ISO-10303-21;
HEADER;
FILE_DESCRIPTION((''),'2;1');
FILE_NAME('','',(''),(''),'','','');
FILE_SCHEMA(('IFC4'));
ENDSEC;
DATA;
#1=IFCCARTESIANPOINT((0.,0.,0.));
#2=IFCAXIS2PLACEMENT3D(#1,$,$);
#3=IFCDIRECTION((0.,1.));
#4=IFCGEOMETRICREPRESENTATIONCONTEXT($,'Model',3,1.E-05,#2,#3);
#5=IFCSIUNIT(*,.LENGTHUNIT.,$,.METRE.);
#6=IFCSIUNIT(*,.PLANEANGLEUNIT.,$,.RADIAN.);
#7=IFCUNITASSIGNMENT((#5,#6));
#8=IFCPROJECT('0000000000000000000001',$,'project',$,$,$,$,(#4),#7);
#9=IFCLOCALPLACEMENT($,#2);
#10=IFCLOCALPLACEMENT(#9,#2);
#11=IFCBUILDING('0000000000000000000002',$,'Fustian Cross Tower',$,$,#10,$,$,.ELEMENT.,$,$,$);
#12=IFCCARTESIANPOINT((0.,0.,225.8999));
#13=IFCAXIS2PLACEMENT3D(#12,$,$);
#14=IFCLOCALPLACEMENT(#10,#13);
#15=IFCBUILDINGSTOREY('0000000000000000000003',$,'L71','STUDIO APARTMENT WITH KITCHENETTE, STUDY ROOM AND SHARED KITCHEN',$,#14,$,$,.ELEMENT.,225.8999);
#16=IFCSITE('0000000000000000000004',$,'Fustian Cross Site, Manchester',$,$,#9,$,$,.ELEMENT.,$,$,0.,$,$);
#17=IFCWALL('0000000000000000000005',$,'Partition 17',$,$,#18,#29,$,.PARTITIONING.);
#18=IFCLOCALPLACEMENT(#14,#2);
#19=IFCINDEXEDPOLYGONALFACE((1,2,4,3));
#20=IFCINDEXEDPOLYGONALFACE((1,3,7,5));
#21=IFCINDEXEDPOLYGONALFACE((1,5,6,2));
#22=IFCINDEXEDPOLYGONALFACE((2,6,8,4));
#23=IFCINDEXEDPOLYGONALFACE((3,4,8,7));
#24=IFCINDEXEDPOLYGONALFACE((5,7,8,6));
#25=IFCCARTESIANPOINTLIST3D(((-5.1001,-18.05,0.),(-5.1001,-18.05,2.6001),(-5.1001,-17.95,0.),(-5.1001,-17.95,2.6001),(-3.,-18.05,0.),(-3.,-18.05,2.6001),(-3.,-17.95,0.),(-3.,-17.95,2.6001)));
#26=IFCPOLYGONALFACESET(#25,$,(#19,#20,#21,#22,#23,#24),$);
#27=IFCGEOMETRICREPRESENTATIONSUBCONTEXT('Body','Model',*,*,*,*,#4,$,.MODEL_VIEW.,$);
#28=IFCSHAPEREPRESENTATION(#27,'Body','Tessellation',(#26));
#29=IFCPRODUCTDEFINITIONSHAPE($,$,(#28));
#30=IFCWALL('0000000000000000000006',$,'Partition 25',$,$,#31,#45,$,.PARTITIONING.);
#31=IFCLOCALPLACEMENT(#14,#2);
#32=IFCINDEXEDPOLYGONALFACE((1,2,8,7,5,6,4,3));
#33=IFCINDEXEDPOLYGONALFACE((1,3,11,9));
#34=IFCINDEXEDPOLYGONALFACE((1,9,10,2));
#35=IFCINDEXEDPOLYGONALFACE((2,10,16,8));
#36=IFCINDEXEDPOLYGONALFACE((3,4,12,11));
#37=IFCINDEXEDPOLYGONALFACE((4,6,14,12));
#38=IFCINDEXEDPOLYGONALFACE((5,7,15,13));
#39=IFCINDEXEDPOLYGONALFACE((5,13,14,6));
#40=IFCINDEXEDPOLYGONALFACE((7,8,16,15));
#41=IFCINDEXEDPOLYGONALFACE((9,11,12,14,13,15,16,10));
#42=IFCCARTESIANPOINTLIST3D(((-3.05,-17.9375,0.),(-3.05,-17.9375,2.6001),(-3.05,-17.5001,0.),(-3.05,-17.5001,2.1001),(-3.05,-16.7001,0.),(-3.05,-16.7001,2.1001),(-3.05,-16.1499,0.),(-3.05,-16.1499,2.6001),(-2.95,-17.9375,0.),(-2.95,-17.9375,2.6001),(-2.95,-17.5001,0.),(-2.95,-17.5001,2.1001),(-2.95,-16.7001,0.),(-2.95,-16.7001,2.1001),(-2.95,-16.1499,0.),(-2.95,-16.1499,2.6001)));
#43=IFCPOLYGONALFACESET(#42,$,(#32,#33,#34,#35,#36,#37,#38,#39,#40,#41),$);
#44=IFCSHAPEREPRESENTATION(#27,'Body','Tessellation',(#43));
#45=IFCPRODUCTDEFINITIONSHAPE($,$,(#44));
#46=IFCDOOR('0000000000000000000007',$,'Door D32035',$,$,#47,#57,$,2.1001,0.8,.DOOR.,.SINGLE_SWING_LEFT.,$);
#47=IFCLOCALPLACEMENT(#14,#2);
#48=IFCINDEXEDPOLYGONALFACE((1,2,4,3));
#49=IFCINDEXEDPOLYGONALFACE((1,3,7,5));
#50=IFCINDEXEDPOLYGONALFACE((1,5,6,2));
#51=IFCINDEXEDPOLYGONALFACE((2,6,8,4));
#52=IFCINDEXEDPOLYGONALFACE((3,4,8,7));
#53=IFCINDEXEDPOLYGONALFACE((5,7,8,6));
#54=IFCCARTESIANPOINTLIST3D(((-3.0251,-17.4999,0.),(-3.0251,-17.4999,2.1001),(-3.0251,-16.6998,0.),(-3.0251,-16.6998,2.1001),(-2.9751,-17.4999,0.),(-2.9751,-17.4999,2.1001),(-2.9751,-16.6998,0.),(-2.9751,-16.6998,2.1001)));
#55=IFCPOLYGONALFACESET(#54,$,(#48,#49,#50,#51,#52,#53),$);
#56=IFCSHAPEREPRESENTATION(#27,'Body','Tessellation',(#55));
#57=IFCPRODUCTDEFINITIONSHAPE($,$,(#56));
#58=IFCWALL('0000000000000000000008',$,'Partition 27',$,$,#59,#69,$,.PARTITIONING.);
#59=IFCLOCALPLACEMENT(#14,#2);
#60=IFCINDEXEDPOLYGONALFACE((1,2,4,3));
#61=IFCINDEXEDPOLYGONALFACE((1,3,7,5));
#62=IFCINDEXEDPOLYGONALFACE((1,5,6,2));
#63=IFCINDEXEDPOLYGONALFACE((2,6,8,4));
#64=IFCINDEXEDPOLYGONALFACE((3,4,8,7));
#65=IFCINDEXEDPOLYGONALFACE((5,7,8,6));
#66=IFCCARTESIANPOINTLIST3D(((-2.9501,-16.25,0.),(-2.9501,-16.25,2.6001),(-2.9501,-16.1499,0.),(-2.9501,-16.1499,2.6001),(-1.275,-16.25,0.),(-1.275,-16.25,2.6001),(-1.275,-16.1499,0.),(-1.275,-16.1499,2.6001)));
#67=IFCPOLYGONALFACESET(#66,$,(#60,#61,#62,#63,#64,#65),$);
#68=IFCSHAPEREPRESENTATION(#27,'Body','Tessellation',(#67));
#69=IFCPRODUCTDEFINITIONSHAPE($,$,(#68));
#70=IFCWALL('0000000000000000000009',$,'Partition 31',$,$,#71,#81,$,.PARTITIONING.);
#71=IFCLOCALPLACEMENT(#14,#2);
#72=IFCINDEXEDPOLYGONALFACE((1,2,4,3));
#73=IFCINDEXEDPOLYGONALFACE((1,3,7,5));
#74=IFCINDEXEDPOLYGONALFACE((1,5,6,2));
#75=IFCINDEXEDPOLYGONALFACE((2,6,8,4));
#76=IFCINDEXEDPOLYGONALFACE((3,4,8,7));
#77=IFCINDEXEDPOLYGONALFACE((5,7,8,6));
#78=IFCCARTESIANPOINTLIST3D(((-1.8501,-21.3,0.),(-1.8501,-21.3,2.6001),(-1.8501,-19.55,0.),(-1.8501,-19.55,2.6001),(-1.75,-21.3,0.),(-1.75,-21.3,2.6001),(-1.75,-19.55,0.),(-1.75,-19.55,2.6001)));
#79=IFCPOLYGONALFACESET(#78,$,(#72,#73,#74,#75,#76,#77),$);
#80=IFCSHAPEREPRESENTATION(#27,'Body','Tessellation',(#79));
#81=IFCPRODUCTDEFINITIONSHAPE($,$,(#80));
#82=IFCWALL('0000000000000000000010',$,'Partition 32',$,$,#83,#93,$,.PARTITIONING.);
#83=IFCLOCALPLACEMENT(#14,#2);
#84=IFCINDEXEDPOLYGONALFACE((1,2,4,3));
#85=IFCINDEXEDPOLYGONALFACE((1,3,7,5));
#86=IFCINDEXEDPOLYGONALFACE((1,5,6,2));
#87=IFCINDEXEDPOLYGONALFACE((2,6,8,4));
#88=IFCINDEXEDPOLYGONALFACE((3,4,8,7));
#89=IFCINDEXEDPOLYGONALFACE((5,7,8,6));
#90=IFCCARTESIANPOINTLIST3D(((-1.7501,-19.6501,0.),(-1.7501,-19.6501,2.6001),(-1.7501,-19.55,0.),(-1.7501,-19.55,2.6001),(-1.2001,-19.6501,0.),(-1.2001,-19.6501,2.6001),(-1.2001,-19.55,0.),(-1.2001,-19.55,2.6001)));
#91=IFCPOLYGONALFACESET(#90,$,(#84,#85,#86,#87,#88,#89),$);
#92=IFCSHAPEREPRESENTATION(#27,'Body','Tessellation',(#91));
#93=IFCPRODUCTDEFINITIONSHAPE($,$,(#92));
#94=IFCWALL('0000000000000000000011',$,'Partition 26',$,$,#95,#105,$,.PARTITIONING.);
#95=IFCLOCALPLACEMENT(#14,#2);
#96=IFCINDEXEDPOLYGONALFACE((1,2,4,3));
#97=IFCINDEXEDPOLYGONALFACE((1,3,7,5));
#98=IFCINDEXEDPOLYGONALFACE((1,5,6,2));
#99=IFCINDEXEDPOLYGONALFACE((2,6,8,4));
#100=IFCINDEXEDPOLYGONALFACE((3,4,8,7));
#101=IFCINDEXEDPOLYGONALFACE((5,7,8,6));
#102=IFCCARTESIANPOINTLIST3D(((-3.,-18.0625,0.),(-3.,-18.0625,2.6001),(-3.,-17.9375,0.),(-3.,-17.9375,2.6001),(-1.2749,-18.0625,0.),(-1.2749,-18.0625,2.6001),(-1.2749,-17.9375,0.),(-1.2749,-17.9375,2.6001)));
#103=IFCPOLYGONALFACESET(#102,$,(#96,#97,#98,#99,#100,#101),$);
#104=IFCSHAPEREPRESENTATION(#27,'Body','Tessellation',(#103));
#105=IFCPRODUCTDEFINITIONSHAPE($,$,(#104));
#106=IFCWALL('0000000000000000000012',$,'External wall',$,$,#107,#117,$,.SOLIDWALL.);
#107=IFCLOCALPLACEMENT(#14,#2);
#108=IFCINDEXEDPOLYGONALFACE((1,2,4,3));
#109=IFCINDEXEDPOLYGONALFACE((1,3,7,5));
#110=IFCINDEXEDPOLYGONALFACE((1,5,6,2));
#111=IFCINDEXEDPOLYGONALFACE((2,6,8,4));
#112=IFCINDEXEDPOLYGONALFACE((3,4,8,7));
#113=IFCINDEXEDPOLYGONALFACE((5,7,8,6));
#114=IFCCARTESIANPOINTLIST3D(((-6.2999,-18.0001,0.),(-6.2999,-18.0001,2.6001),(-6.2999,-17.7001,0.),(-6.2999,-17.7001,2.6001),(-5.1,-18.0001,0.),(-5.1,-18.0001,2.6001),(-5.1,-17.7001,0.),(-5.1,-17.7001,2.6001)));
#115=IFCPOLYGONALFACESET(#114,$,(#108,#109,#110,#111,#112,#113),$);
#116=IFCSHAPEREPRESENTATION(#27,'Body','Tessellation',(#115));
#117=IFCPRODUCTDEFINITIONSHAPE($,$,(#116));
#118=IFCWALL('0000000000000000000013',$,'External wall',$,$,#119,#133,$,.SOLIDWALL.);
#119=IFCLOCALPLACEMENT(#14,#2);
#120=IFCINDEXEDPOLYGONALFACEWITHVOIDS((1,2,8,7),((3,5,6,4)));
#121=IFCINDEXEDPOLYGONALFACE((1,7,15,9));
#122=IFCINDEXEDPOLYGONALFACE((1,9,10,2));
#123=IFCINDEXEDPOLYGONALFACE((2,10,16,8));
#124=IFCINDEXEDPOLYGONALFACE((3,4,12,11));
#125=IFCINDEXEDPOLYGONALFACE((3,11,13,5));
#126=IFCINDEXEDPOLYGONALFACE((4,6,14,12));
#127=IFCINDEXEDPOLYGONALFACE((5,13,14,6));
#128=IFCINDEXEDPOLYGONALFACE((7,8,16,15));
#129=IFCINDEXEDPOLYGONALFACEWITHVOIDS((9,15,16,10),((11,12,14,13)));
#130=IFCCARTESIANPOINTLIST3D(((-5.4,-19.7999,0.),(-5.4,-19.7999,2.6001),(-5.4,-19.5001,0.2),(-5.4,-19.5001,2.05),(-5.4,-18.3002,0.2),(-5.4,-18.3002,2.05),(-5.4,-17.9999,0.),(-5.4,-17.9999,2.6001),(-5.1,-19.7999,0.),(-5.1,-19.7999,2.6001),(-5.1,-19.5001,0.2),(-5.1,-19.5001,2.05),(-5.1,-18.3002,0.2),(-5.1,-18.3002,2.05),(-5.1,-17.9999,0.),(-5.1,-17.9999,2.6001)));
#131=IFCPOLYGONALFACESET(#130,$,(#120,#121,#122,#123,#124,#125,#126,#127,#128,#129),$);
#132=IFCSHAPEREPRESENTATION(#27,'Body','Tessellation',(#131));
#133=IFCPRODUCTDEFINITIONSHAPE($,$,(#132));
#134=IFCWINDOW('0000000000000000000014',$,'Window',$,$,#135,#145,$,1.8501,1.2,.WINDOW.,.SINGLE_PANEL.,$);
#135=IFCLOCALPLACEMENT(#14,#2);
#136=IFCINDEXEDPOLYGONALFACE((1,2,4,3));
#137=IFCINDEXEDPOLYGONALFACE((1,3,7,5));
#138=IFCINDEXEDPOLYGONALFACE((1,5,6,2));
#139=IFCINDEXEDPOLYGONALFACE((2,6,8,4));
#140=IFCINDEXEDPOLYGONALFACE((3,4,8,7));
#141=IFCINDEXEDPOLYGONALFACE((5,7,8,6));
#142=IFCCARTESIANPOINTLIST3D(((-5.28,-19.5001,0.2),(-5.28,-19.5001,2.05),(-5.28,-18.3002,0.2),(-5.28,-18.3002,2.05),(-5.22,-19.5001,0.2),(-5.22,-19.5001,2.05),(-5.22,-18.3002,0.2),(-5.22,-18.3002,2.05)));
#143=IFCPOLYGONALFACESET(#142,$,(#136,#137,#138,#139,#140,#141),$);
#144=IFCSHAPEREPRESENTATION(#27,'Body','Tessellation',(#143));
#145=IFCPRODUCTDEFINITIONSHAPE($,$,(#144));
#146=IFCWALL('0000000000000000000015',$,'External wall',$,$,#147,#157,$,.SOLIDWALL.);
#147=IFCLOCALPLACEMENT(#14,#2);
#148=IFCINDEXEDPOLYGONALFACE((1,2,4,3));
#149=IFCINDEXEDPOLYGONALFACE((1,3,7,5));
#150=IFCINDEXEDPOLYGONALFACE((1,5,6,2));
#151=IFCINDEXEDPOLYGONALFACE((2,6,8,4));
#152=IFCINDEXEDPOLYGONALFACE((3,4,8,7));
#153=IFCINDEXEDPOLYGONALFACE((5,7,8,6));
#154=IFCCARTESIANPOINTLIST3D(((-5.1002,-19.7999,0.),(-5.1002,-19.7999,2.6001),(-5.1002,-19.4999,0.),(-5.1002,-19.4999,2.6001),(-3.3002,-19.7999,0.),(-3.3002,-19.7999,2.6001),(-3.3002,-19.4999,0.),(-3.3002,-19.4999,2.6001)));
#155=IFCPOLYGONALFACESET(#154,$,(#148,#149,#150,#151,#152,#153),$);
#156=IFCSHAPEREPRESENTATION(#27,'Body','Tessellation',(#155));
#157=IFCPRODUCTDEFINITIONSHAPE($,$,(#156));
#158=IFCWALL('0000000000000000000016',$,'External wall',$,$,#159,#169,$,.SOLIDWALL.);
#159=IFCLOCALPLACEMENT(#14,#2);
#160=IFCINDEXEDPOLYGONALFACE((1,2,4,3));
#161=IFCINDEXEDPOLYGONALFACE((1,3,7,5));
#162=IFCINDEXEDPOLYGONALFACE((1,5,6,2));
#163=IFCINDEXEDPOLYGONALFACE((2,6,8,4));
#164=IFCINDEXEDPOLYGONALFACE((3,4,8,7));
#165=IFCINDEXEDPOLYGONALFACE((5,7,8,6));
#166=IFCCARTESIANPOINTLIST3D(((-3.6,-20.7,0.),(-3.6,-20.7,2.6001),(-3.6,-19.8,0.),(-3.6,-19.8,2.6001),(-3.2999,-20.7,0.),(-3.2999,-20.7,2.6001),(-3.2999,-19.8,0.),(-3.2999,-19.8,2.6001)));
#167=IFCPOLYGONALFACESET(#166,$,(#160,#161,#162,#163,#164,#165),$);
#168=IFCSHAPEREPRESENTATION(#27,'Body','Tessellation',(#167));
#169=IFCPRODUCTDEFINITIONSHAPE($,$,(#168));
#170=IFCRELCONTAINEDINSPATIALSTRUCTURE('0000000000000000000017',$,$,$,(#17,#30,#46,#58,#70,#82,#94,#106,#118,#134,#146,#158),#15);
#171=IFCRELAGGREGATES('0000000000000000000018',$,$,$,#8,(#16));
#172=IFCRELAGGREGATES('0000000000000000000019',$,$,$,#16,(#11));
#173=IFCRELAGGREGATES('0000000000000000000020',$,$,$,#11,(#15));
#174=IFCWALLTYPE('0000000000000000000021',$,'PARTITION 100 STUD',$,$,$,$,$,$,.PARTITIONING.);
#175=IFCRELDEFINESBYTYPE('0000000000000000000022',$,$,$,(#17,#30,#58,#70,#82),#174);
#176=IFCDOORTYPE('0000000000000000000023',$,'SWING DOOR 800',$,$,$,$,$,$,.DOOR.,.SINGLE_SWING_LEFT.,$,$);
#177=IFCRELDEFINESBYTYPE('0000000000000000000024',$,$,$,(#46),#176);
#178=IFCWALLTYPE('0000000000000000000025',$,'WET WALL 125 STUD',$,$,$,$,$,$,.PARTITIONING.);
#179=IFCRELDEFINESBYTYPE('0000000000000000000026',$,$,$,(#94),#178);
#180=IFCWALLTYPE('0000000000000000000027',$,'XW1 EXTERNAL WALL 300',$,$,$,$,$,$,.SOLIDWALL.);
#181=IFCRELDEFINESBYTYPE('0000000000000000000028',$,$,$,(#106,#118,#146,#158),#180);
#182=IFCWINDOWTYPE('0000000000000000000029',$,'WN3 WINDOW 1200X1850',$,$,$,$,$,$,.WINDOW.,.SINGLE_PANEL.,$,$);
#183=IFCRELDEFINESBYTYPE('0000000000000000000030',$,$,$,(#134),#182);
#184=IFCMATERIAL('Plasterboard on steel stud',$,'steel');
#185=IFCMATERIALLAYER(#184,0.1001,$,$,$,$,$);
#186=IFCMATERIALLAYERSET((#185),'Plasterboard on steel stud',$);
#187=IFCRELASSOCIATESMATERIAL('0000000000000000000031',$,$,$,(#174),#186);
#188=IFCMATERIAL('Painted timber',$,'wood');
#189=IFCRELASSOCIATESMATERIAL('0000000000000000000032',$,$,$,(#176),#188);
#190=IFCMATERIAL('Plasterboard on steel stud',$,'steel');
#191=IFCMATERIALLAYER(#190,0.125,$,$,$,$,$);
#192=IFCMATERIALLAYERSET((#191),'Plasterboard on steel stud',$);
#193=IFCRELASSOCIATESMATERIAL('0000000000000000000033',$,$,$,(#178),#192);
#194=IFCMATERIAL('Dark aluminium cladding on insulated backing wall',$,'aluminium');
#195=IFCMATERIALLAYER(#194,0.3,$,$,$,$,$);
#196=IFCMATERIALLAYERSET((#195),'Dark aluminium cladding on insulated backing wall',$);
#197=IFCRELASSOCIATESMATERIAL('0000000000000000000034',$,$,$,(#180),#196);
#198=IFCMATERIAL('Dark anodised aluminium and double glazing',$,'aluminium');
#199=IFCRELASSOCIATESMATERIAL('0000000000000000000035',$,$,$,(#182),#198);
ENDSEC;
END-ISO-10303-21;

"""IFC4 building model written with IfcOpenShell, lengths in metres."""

from ifc_helpers import new_model, si_unit, direction, frame, frame_2d, origin, place, context, subcontext, project, spatial, rectangle, extrude, material, layer, layer_set, type_object, element, fill, save


model = new_model("IFC4")

# Units and contexts
model_context = context("Model", 3, precision=1e-05, world=origin(), true_north=direction((0.0, 1.0)))
body_context = subcontext(model_context, "Body", "Model", "MODEL_VIEW")
ifc_project = project(units=[si_unit("LENGTHUNIT", "METRE"), si_unit("PLANEANGLEUNIT", "RADIAN")], contexts=[model_context])

# Site, building, storey
site_placement = place(None, origin())
site = spatial("IfcSite", under=ifc_project, at=site_placement, Name="Fustian Cross Site, Manchester", CompositionType="ELEMENT", RefElevation=0.0)
building_placement = place(site_placement, origin())
building = spatial("IfcBuilding", under=site, at=building_placement, Name="Fustian Cross Tower", CompositionType="ELEMENT")
storey_placement = place(building_placement, frame((0.0, 0.0, 225.8999)))
storey = spatial("IfcBuildingStorey", under=building, at=storey_placement, Name="L71", Description="STUDIO APARTMENT WITH KITCHENETTE, STUDY ROOM AND SHARED KITCHEN", CompositionType="ELEMENT", Elevation=225.8999)

# Wall
ifc_material_1 = material(Name="Plasterboard on steel stud", Category="steel")
ifc_layer_1 = layer(ifc_material_1, 0.1001)
ifc_layer_set_1 = layer_set([ifc_layer_1], Name="Plasterboard on steel stud")
wall_type_1 = type_object("IfcWallType", Name="PARTITION 100 STUD", PredefinedType="PARTITIONING", material=ifc_layer_set_1)
wall_1_placement = place(storey_placement, frame((-5.1001, -18.0, 0.0), z_axis=(0.0, 0.0, 1.0), x_axis=(1.0, 0.0, 0.0)))
element("IfcWall", 1, at=wall_1_placement, inside=storey, type_object=wall_type_1, Name="Partition 17", PredefinedType="PARTITIONING", context=body_context, shape_type="SweptSolid", body=[
    extrude(rectangle(XDim=2.1001, YDim=0.1001, at=frame_2d((1.05, 0.0))), origin(), (0.0, 0.0, 1.0), 2.6001),
])

# Wall, opening, door
wall_2_placement = place(storey_placement, frame((-3.0, -17.9375, 0.0), z_axis=(0.0, 0.0, 1.0), x_axis=(0.0, 1.0, 0.0)))
wall_2 = element("IfcWall", 2, at=wall_2_placement, inside=storey, type_object=wall_type_1, Name="Partition 25", PredefinedType="PARTITIONING", context=body_context, shape_type="SweptSolid", body=[
    extrude(rectangle(XDim=1.7876, YDim=0.1001, at=frame_2d((0.8938, 0.0))), origin(), (0.0, 0.0, 1.0), 2.6001),
])
opening_1_placement = place(wall_2_placement, frame((0.4375, 0.0, 0.0)))
opening_1 = element("IfcOpeningElement", 3, at=opening_1_placement, cuts=wall_2, PredefinedType="OPENING", context=body_context, shape_type="SweptSolid", body=[
    extrude(rectangle(XDim=0.8, YDim=2.1001, at=frame_2d((0.3999, 1.05))), frame((0.0, 0.0601, 0.0), z_axis=(0.0, -1.0, 0.0), x_axis=(1.0, 0.0, 0.0)), (0.0, 0.0, 1.0), 0.1201),
])
ifc_material_2 = material(Name="Painted timber", Category="wood")
door_type_1 = type_object("IfcDoorType", Name="SWING DOOR 800", OperationType="SINGLE_SWING_LEFT", PredefinedType="DOOR", material=ifc_material_2)
door_1_placement = place(opening_1_placement, frame((0.8, 0.0, 0.0), z_axis=(0.0, 0.0, 1.0), x_axis=(-1.0, 0.0, 0.0)))
door_1 = element("IfcDoor", 4, at=door_1_placement, inside=storey, type_object=door_type_1, Name="Door D32035", OperationType="SINGLE_SWING_LEFT", OverallHeight=2.1001, OverallWidth=0.8, PredefinedType="DOOR", context=body_context, shape_type="SweptSolid", body=[
    extrude(rectangle(XDim=0.8, YDim=2.1001, at=frame_2d((0.3999, 1.05))), frame((0.0, 0.0249, 0.0), z_axis=(0.0, -1.0, 0.0), x_axis=(1.0, 0.0, 0.0)), (0.0, 0.0, 1.0), 0.05),
])
fill(opening_1, door_1)

# Walls
wall_3_placement = place(storey_placement, frame((-2.95, -16.2, 0.0), z_axis=(0.0, 0.0, 1.0), x_axis=(1.0, 0.0, 0.0)))
element("IfcWall", 5, at=wall_3_placement, inside=storey, type_object=wall_type_1, Name="Partition 27", PredefinedType="PARTITIONING", context=body_context, shape_type="SweptSolid", body=[
    extrude(rectangle(XDim=1.675, YDim=0.1001, at=frame_2d((0.8374, 0.0))), origin(), (0.0, 0.0, 1.0), 2.6001),
])
wall_4_placement = place(storey_placement, frame((-1.8, -21.3, 0.0), z_axis=(0.0, 0.0, 1.0), x_axis=(0.0, 1.0, 0.0)))
element("IfcWall", 6, at=wall_4_placement, inside=storey, type_object=wall_type_1, Name="Partition 31", PredefinedType="PARTITIONING", context=body_context, shape_type="SweptSolid", body=[
    extrude(rectangle(XDim=1.75, YDim=0.1001, at=frame_2d((0.875, 0.0))), origin(), (0.0, 0.0, 1.0), 2.6001),
])
wall_5_placement = place(storey_placement, frame((-1.75, -19.6001, 0.0), z_axis=(0.0, 0.0, 1.0), x_axis=(1.0, 0.0, 0.0)))
element("IfcWall", 7, at=wall_5_placement, inside=storey, type_object=wall_type_1, Name="Partition 32", PredefinedType="PARTITIONING", context=body_context, shape_type="SweptSolid", body=[
    extrude(rectangle(XDim=0.55, YDim=0.1001, at=frame_2d((0.2749, 0.0))), origin(), (0.0, 0.0, 1.0), 2.6001),
])
ifc_material_3 = material(Name="Plasterboard on steel stud", Category="steel")
ifc_layer_2 = layer(ifc_material_3, 0.125)
ifc_layer_set_2 = layer_set([ifc_layer_2], Name="Plasterboard on steel stud")
wall_type_2 = type_object("IfcWallType", Name="WET WALL 125 STUD", PredefinedType="PARTITIONING", material=ifc_layer_set_2)
wall_6_placement = place(storey_placement, frame((-3.0, -18.0, 0.0), z_axis=(0.0, 0.0, 1.0), x_axis=(1.0, 0.0, 0.0)))
element("IfcWall", 8, at=wall_6_placement, inside=storey, type_object=wall_type_2, Name="Partition 26", PredefinedType="PARTITIONING", context=body_context, shape_type="SweptSolid", body=[
    extrude(rectangle(XDim=1.7251, YDim=0.125, at=frame_2d((0.8625, 0.0))), origin(), (0.0, 0.0, 1.0), 2.6001),
])
ifc_material_4 = material(Name="Dark aluminium cladding on insulated backing wall", Category="aluminium")
ifc_layer_3 = layer(ifc_material_4, 0.3)
ifc_layer_set_3 = layer_set([ifc_layer_3], Name="Dark aluminium cladding on insulated backing wall")
wall_type_3 = type_object("IfcWallType", Name="XW1 EXTERNAL WALL 300", PredefinedType="SOLIDWALL", material=ifc_layer_set_3)
wall_7_placement = place(storey_placement, frame((-6.3, -17.8501, 0.0), z_axis=(0.0, 0.0, 1.0), x_axis=(1.0, 0.0, 0.0)))
element("IfcWall", 9, at=wall_7_placement, inside=storey, type_object=wall_type_3, Name="External wall", PredefinedType="SOLIDWALL", context=body_context, shape_type="SweptSolid", body=[
    extrude(rectangle(XDim=1.2, YDim=0.3, at=frame_2d((0.6001, 0.0))), origin(), (0.0, 0.0, 1.0), 2.6001),
])

# Wall, opening, window
wall_8_placement = place(storey_placement, frame((-5.25, -18.0, 0.0), z_axis=(0.0, 0.0, 1.0), x_axis=(0.0, -1.0, 0.0)))
wall_8 = element("IfcWall", 10, at=wall_8_placement, inside=storey, type_object=wall_type_3, Name="External wall", PredefinedType="SOLIDWALL", context=body_context, shape_type="SweptSolid", body=[
    extrude(rectangle(XDim=1.8, YDim=0.3, at=frame_2d((0.8999, 0.0))), origin(), (0.0, 0.0, 1.0), 2.6001),
])
opening_2_placement = place(wall_8_placement, frame((0.3, 0.0, 0.2)))
opening_2 = element("IfcOpeningElement", 11, at=opening_2_placement, cuts=wall_8, PredefinedType="OPENING", context=body_context, shape_type="SweptSolid", body=[
    extrude(rectangle(XDim=1.2, YDim=1.8501, at=frame_2d((0.6001, 0.925))), frame((0.0, 0.1599, 0.0), z_axis=(0.0, -1.0, 0.0), x_axis=(1.0, 0.0, 0.0)), (0.0, 0.0, 1.0), 0.3201),
])
ifc_material_5 = material(Name="Dark anodised aluminium and double glazing", Category="aluminium")
window_type_1 = type_object("IfcWindowType", Name="WN3 WINDOW 1200X1850", PartitioningType="SINGLE_PANEL", PredefinedType="WINDOW", material=ifc_material_5)
window_1_placement = place(opening_2_placement, origin())
window_1 = element("IfcWindow", 12, at=window_1_placement, inside=storey, type_object=window_type_1, Name="Window", OverallHeight=1.8501, OverallWidth=1.2, PartitioningType="SINGLE_PANEL", PredefinedType="WINDOW", context=body_context, shape_type="SweptSolid", body=[
    extrude(rectangle(XDim=1.2, YDim=1.8501, at=frame_2d((0.6001, 0.925))), frame((0.0, 0.03, 0.0), z_axis=(0.0, -1.0, 0.0), x_axis=(1.0, 0.0, 0.0)), (0.0, 0.0, 1.0), 0.0601),
])
fill(opening_2, window_1)

# Walls
wall_9_placement = place(storey_placement, frame((-5.1001, -19.6499, 0.0), z_axis=(0.0, 0.0, 1.0), x_axis=(1.0, 0.0, 0.0)))
element("IfcWall", 13, at=wall_9_placement, inside=storey, type_object=wall_type_3, Name="External wall", PredefinedType="SOLIDWALL", context=body_context, shape_type="SweptSolid", body=[
    extrude(rectangle(XDim=1.8, YDim=0.3, at=frame_2d((0.8999, 0.0))), origin(), (0.0, 0.0, 1.0), 2.6001),
])
wall_10_placement = place(storey_placement, frame((-3.45, -19.8, 0.0), z_axis=(0.0, 0.0, 1.0), x_axis=(0.0, -1.0, 0.0)))
element("IfcWall", 14, at=wall_10_placement, inside=storey, type_object=wall_type_3, Name="External wall", PredefinedType="SOLIDWALL", context=body_context, shape_type="SweptSolid", body=[
    extrude(rectangle(XDim=0.8999, YDim=0.3, at=frame_2d((0.45, 0.0))), origin(), (0.0, 0.0, 1.0), 2.6001),
])

save(model, "model.ifc")
